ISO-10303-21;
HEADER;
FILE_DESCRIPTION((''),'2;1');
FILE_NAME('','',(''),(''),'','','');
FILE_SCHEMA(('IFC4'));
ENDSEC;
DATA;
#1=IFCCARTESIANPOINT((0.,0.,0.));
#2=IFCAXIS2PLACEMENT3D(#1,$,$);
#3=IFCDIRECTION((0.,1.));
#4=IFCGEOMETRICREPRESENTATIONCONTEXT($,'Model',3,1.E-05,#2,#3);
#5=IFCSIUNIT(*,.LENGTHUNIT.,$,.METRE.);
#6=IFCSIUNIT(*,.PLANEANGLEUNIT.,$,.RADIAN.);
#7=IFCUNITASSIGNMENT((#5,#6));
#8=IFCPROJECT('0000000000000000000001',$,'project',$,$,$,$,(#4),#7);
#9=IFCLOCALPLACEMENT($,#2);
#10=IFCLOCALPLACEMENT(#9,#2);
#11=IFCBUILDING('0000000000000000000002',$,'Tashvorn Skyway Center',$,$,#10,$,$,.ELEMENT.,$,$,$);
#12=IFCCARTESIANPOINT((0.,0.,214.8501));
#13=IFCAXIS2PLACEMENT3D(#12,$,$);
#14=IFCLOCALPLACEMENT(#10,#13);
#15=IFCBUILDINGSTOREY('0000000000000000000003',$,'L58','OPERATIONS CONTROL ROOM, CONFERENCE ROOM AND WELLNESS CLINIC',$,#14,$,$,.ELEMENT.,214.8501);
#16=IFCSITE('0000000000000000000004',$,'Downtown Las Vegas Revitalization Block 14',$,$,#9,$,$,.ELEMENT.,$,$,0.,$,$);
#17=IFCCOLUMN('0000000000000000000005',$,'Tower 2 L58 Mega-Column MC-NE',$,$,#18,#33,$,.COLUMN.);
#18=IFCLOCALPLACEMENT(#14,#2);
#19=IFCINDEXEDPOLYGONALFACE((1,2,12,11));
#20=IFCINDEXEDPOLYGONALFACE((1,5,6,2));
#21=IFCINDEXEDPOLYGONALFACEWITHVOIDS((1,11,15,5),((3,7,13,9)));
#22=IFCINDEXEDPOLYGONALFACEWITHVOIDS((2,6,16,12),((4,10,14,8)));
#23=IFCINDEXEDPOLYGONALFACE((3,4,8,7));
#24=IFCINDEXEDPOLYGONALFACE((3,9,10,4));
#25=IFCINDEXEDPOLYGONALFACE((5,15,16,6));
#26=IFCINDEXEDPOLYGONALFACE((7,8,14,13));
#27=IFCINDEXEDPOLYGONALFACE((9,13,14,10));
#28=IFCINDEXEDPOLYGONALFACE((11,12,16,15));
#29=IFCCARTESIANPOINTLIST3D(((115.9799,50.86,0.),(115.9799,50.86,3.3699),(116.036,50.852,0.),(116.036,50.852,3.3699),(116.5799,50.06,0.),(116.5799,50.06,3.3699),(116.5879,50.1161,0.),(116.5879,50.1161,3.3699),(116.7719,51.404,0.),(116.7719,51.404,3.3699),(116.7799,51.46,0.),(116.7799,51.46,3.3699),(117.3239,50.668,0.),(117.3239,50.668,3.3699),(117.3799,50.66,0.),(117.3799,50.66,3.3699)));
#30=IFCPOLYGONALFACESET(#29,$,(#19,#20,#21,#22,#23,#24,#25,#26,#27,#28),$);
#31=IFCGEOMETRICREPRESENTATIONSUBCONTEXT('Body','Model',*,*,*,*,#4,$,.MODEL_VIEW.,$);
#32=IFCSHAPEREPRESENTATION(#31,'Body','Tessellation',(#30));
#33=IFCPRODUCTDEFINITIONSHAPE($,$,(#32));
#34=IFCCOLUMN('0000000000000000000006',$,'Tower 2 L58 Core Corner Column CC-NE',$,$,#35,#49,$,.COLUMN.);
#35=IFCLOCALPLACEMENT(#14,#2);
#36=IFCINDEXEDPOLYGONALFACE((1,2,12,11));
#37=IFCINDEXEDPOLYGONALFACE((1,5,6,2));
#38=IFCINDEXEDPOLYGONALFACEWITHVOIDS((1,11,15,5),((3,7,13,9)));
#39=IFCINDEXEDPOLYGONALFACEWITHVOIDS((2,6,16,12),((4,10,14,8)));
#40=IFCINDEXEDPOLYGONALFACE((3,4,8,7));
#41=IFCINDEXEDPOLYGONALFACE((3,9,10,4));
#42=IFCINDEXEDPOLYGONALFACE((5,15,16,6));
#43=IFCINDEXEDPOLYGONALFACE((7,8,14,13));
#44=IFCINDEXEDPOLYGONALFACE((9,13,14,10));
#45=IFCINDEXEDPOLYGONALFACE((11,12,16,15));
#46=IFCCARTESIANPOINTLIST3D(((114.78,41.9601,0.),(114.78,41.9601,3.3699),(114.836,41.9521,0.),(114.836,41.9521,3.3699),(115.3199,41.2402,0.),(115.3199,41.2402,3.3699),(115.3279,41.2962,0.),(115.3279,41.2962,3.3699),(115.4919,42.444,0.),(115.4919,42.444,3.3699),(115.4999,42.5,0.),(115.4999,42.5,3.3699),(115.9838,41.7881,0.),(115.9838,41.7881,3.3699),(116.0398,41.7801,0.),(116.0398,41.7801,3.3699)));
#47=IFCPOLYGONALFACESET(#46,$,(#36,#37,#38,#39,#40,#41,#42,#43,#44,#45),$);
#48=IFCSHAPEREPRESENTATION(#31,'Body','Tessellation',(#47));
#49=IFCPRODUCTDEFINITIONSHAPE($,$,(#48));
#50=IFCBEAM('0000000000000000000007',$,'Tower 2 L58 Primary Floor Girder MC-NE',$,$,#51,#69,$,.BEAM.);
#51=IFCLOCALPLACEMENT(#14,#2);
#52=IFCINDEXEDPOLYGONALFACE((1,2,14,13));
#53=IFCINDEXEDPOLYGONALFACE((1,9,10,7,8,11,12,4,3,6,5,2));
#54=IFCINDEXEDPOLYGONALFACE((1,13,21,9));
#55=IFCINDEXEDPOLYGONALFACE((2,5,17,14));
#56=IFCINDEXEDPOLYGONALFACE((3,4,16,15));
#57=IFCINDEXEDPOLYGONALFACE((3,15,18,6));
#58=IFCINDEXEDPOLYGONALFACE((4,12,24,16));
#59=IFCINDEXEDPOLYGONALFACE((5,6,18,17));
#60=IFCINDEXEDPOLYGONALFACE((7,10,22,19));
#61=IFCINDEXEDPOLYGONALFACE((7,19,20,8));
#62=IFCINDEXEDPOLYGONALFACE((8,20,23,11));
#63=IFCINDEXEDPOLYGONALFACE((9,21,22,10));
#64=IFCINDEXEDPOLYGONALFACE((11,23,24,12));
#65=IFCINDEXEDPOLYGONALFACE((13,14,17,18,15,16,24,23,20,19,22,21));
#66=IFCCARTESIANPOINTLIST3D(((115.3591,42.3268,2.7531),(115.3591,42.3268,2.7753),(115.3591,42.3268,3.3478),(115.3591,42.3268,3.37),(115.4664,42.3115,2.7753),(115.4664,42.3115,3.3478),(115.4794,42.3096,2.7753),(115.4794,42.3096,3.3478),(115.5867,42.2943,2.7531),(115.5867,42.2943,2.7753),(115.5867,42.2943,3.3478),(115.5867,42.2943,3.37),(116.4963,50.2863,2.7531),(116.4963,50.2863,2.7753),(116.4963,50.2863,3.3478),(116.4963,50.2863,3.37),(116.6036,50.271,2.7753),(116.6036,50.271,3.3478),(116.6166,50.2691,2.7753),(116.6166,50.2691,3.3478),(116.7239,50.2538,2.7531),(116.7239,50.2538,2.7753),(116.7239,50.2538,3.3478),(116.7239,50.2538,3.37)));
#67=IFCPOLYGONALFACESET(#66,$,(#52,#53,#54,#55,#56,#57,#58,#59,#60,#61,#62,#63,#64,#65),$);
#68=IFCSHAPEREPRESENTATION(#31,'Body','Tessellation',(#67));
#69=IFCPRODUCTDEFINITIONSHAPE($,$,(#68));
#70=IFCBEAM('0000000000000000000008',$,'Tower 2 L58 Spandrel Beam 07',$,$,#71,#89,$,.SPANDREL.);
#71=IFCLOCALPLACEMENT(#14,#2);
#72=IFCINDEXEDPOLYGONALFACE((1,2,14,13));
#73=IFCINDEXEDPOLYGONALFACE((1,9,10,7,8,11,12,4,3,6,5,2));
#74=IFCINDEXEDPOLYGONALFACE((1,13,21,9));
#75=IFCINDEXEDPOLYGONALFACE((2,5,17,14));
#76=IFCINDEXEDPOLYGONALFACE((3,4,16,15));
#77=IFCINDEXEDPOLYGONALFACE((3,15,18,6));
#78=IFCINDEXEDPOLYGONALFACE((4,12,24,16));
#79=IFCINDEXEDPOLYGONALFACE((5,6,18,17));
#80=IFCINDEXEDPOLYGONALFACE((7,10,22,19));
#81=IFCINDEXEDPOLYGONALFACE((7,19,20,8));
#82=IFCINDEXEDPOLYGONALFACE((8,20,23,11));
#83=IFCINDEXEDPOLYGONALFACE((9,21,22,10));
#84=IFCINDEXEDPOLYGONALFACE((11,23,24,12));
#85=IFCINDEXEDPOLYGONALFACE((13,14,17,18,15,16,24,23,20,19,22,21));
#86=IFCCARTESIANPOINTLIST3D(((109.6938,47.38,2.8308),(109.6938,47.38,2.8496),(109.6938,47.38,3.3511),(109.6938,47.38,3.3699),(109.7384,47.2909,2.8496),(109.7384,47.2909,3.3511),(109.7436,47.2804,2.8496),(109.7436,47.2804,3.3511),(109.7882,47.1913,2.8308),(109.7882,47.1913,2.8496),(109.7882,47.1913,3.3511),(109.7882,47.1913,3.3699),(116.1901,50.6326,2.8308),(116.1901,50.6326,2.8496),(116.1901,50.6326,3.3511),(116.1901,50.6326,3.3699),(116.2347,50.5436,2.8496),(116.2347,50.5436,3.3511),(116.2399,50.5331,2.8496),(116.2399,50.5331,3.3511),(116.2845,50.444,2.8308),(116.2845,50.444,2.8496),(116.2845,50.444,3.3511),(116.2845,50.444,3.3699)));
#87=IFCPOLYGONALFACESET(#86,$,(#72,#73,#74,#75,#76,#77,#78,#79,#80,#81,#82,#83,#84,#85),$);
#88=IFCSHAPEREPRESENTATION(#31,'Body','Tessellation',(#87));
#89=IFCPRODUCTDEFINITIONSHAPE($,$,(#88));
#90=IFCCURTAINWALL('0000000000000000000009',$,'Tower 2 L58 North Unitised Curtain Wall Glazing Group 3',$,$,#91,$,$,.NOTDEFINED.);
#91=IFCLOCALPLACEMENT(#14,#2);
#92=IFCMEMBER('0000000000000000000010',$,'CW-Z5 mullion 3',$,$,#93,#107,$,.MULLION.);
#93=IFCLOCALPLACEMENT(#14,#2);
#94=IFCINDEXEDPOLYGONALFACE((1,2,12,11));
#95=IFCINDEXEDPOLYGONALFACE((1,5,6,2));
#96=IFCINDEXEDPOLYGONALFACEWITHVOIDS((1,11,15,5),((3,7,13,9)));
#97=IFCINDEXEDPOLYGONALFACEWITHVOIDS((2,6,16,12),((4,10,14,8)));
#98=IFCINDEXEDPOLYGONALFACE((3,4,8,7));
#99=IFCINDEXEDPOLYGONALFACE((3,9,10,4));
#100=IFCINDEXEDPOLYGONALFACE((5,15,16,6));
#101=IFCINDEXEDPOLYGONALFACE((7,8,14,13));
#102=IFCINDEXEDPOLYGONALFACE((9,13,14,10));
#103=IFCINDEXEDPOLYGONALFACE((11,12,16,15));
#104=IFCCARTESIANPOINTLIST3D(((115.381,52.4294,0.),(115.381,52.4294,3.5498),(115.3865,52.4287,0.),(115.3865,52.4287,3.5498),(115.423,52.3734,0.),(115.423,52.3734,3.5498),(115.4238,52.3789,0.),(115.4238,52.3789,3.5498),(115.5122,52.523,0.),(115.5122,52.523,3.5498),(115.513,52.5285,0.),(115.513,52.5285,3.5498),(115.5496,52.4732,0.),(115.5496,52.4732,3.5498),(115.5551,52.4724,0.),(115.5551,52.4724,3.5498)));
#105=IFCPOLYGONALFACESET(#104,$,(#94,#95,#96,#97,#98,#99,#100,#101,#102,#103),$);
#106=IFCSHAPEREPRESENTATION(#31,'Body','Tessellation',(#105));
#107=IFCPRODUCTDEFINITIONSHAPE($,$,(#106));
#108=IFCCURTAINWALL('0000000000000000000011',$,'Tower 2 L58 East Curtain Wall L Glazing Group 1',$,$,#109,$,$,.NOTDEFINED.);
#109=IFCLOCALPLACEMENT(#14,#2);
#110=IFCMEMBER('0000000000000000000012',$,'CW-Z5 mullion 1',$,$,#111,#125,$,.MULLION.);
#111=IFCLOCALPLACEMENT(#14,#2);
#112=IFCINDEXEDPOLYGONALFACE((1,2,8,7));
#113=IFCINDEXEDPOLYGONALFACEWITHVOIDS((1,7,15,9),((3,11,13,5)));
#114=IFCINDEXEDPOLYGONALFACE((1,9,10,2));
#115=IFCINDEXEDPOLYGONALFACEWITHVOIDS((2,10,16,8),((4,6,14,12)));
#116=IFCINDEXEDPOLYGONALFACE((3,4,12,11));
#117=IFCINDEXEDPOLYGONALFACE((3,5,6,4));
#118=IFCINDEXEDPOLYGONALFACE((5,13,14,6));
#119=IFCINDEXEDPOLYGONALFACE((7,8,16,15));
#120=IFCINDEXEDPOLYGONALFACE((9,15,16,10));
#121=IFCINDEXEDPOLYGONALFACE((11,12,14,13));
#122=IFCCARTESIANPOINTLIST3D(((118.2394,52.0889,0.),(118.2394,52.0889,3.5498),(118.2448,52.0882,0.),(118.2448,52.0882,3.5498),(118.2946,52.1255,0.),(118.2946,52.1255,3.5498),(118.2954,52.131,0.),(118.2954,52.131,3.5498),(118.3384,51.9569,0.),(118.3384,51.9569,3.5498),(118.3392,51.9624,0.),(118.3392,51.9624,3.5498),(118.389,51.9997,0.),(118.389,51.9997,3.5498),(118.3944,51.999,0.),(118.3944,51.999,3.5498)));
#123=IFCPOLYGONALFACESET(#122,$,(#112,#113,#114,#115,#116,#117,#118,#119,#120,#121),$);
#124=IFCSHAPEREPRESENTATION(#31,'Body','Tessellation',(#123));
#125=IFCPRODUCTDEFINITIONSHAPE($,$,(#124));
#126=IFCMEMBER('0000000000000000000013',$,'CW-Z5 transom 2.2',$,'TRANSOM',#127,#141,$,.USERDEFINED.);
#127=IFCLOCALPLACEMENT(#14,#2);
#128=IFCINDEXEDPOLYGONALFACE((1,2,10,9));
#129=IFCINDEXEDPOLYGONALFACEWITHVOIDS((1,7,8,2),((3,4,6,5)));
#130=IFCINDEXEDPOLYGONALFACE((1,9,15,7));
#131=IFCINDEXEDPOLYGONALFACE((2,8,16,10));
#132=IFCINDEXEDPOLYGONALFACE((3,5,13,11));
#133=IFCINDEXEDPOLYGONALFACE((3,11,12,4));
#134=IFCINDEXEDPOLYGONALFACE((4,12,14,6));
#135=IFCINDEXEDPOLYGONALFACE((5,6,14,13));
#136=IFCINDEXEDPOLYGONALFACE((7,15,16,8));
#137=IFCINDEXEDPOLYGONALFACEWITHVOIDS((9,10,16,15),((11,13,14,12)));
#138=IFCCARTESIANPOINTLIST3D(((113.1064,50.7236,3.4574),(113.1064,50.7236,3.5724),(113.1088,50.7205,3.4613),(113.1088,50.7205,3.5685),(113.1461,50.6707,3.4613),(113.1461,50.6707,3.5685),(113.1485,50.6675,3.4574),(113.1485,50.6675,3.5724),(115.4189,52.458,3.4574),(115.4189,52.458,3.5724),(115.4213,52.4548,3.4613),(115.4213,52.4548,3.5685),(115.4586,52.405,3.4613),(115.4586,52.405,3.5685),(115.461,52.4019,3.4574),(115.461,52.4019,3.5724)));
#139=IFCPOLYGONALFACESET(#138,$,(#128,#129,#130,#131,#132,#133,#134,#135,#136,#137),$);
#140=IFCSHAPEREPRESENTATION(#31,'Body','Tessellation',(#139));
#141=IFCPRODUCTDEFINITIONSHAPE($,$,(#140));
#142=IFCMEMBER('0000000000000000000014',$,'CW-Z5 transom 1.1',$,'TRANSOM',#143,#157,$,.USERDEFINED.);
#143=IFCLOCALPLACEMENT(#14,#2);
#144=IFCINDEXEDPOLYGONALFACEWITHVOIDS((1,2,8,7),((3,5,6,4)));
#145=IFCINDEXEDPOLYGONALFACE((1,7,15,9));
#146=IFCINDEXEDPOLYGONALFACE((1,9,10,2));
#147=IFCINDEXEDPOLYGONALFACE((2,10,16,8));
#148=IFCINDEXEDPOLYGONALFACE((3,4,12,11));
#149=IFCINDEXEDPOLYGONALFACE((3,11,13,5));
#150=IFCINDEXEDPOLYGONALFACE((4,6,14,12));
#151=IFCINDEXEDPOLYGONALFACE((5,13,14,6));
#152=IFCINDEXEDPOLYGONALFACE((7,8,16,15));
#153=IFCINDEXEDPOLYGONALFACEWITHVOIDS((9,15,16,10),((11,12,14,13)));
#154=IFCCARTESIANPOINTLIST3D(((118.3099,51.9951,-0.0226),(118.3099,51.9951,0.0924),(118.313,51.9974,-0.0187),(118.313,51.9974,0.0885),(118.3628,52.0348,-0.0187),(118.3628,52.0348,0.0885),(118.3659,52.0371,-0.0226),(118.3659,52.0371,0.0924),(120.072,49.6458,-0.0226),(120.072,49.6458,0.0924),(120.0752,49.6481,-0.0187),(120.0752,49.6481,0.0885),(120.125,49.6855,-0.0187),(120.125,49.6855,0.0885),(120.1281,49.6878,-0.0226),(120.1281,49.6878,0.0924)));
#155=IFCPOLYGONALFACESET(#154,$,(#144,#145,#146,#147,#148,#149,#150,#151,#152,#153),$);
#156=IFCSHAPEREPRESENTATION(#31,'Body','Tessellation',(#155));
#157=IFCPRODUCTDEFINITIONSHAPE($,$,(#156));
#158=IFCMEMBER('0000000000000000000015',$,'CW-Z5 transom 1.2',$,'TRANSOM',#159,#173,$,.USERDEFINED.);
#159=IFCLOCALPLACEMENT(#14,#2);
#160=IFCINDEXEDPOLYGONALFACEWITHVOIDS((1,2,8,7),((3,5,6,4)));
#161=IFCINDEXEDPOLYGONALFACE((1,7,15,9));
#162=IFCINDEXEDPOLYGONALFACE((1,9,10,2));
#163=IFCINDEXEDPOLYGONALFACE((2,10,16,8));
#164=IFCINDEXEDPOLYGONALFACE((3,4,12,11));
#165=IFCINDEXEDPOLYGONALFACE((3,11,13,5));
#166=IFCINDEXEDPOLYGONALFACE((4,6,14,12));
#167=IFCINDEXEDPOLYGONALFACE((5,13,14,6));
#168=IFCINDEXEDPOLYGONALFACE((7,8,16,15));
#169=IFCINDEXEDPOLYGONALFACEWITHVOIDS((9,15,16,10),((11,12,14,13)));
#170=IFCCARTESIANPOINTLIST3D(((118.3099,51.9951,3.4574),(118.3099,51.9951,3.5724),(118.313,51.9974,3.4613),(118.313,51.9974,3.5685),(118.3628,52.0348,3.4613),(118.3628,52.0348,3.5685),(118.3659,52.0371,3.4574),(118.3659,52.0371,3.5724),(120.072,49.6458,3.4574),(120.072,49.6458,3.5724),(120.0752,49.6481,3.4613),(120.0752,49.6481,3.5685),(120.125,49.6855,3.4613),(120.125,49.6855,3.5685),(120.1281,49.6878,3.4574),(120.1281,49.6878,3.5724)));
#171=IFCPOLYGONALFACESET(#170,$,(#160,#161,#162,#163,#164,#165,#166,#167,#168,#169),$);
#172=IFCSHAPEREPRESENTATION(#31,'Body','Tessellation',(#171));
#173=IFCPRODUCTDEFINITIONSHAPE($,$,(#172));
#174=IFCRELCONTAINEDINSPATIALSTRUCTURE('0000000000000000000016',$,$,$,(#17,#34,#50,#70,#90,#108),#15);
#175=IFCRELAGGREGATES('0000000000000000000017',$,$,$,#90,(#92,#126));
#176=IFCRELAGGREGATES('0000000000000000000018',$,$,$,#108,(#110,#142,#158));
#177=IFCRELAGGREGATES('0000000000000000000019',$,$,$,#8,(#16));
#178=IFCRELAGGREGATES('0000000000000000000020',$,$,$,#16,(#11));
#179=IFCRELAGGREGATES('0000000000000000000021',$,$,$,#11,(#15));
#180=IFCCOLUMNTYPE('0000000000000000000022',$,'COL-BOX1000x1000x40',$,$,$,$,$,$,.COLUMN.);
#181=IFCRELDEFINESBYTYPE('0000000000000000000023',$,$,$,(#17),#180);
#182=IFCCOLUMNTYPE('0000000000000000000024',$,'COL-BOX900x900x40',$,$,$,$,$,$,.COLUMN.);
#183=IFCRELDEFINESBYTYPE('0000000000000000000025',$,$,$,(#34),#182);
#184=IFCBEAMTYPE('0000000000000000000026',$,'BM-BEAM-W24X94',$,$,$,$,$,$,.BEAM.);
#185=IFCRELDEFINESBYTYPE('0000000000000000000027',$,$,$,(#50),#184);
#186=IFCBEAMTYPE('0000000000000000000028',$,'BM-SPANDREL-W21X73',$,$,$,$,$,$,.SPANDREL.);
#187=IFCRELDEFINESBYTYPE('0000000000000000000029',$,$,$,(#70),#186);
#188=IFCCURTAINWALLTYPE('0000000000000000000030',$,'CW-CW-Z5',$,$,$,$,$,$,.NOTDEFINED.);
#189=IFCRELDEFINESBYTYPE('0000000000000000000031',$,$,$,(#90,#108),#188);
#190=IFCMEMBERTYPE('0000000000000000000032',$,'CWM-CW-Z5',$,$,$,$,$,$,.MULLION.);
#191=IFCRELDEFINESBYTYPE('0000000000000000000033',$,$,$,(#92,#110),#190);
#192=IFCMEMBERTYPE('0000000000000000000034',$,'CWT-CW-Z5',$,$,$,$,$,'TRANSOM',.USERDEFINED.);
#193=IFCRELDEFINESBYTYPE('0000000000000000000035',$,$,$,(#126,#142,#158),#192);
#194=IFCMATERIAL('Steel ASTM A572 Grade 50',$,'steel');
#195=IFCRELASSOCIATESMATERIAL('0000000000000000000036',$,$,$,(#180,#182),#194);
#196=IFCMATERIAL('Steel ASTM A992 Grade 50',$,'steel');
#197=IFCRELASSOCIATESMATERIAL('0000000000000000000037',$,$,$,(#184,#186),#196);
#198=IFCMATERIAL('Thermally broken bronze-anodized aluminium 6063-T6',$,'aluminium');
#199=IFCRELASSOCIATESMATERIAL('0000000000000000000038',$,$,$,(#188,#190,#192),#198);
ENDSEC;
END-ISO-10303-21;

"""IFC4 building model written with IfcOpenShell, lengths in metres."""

from ifc_helpers import new_model, si_unit, direction, frame, origin, origin_2d, place, context, subcontext, project, spatial, hollow_rectangle, i_section, extrude, material, material_profile, profile_set, type_object, element, aggregate, save


model = new_model("IFC4")

# Units and contexts
model_context = context("Model", 3, precision=1e-05, world=origin(), true_north=direction((0.0, 1.0)))
body_context = subcontext(model_context, "Body", "Model", "MODEL_VIEW")
ifc_project = project(units=[si_unit("LENGTHUNIT", "METRE"), si_unit("PLANEANGLEUNIT", "RADIAN")], contexts=[model_context])

# Site, building, storey
site_placement = place(None, origin())
site = spatial("IfcSite", under=ifc_project, at=site_placement, Name="Downtown Las Vegas Revitalization Block 14", CompositionType="ELEMENT", RefElevation=0.0)
building_placement = place(site_placement, origin())
building = spatial("IfcBuilding", under=site, at=building_placement, Name="Tashvorn Skyway Center", CompositionType="ELEMENT")
storey_placement = place(building_placement, frame((0.0, 0.0, 214.8501)))
storey = spatial("IfcBuildingStorey", under=building, at=storey_placement, Name="L58", Description="OPERATIONS CONTROL ROOM, CONFERENCE ROOM AND WELLNESS CLINIC", CompositionType="ELEMENT", Elevation=214.8501)

# Columns
ifc_material_1 = material(Name="Steel ASTM A572 Grade 50", Category="steel")
ifc_material_profile_1 = material_profile(ifc_material_1, hollow_rectangle(XDim=1.0, YDim=1.0, WallThickness=0.04, at=origin_2d()), Name="BOX1000x1000x40")
ifc_profile_set_1 = profile_set([ifc_material_profile_1], Name="Steel ASTM A572 Grade 50")
column_type_1 = type_object("IfcColumnType", Name="COL-BOX1000x1000x40", PredefinedType="COLUMN", material=ifc_profile_set_1)
column_1_placement = place(storey_placement, frame((116.6799, 50.76, 0.0), z_axis=(0.0, 0.0, 1.0), x_axis=(0.8, 0.6, 0.0)))
element("IfcColumn", 1, at=column_1_placement, inside=storey, type_object=column_type_1, Name="Tower 2 L58 Mega-Column MC-NE", PredefinedType="COLUMN", context=body_context, shape_type="SweptSolid", body=[
    extrude(hollow_rectangle(XDim=1.0, YDim=1.0, WallThickness=0.04, at=origin_2d()), origin(), (0.0, 0.0, 1.0), 3.3699),
])
ifc_material_profile_2 = material_profile(ifc_material_1, hollow_rectangle(XDim=0.8999, YDim=0.8999, WallThickness=0.04, at=origin_2d()), Name="BOX900x900x40")
ifc_profile_set_2 = profile_set([ifc_material_profile_2], Name="Steel ASTM A572 Grade 50")
column_type_2 = type_object("IfcColumnType", Name="COL-BOX900x900x40", PredefinedType="COLUMN", material=ifc_profile_set_2)
column_2_placement = place(storey_placement, frame((115.4099, 41.8701, 0.0), z_axis=(0.0, 0.0, 1.0), x_axis=(0.8, 0.6, 0.0)))
element("IfcColumn", 2, at=column_2_placement, inside=storey, type_object=column_type_2, Name="Tower 2 L58 Core Corner Column CC-NE", PredefinedType="COLUMN", context=body_context, shape_type="SweptSolid", body=[
    extrude(hollow_rectangle(XDim=0.8999, YDim=0.8999, WallThickness=0.04, at=origin_2d()), origin(), (0.0, 0.0, 1.0), 3.3699),
])

# Beams
ifc_material_2 = material(Name="Steel ASTM A992 Grade 50", Category="steel")
ifc_material_profile_3 = material_profile(ifc_material_2, i_section(OverallWidth=0.23, OverallDepth=0.6169, WebThickness=0.0132, FlangeThickness=0.0222, at=origin_2d()), Name="W24X94")
ifc_profile_set_3 = profile_set([ifc_material_profile_3], Name="Steel ASTM A992 Grade 50")
beam_type_1 = type_object("IfcBeamType", Name="BM-BEAM-W24X94", PredefinedType="BEAM", material=ifc_profile_set_3)
beam_1_placement = place(storey_placement, frame((116.6101, 50.27, 3.0615), z_axis=(-0.141438, -0.989947, 0.0), x_axis=(0.989947, -0.141438, 0.0)))
element("IfcBeam", 3, at=beam_1_placement, inside=storey, type_object=beam_type_1, Name="Tower 2 L58 Primary Floor Girder MC-NE", PredefinedType="BEAM", context=body_context, shape_type="SweptSolid", body=[
    extrude(i_section(OverallWidth=0.23, OverallDepth=0.6169, WebThickness=0.0132, FlangeThickness=0.0222, at=origin_2d()), origin(), (0.0, 0.0, 1.0), 8.0403),
])
ifc_material_profile_4 = material_profile(ifc_material_2, i_section(OverallWidth=0.2109, OverallDepth=0.5391, WebThickness=0.0117, FlangeThickness=0.0188, at=origin_2d()), Name="W21X73")
ifc_profile_set_4 = profile_set([ifc_material_profile_4], Name="Steel ASTM A992 Grade 50")
beam_type_2 = type_object("IfcBeamType", Name="BM-SPANDREL-W21X73", PredefinedType="SPANDREL", material=ifc_profile_set_4)
beam_2_placement = place(storey_placement, frame((116.2373, 50.5383, 3.1003), z_axis=(-0.894178, -0.447711, 0.0), x_axis=(0.447711, -0.894178, 0.0)))
element("IfcBeam", 4, at=beam_2_placement, inside=storey, type_object=beam_type_2, Name="Tower 2 L58 Spandrel Beam 07", PredefinedType="SPANDREL", context=body_context, shape_type="SweptSolid", body=[
    extrude(i_section(OverallWidth=0.2109, OverallDepth=0.5391, WebThickness=0.0117, FlangeThickness=0.0188, at=origin_2d()), origin(), (0.0, 0.0, 1.0), 7.2651),
])

# Curtain walls, members
ifc_material_3 = material(Name="Thermally broken bronze-anodized aluminium 6063-T6", Category="aluminium")
curtain_wall_type = type_object("IfcCurtainWallType", Name="CW-CW-Z5", PredefinedType="NOTDEFINED", material=ifc_material_3)
curtain_wall_1_placement = place(storey_placement, origin())
curtain_wall_1 = element("IfcCurtainWall", 5, at=curtain_wall_1_placement, inside=storey, type_object=curtain_wall_type, Name="Tower 2 L58 North Unitised Curtain Wall Glazing Group 3", PredefinedType="NOTDEFINED")
ifc_material_profile_5 = material_profile(ifc_material_3, hollow_rectangle(XDim=0.0701, YDim=0.165, WallThickness=0.0039, at=origin_2d()), Name="ALU-MULL-70x165")
ifc_profile_set_5 = profile_set([ifc_material_profile_5], Name="Thermally broken bronze-anodized aluminium 6063-T6")
member_type_1 = type_object("IfcMemberType", Name="CWM-CW-Z5", PredefinedType="MULLION", material=ifc_profile_set_5)
member_1_placement = place(storey_placement, frame((115.468, 52.4509, 0.0), z_axis=(0.0, 0.0, 1.0), x_axis=(-0.600003, 0.799998, 0.0)))
member_1 = element("IfcMember", 6, at=member_1_placement, type_object=member_type_1, Name="CW-Z5 mullion 3", PredefinedType="MULLION", context=body_context, shape_type="SweptSolid", body=[
    extrude(hollow_rectangle(XDim=0.0701, YDim=0.165, WallThickness=0.0039, at=origin_2d()), origin(), (0.0, 0.0, 1.0), 3.5498),
])
curtain_wall_2_placement = place(storey_placement, origin())
curtain_wall_2 = element("IfcCurtainWall", 7, at=curtain_wall_2_placement, inside=storey, type_object=curtain_wall_type, Name="Tower 2 L58 East Curtain Wall L Glazing Group 1", PredefinedType="NOTDEFINED")
member_2_placement = place(storey_placement, frame((118.3169, 52.0439, 0.0), z_axis=(0.0, 0.0, 1.0), x_axis=(0.799996, 0.600005, 0.0)))
member_2 = element("IfcMember", 8, at=member_2_placement, type_object=member_type_1, Name="CW-Z5 mullion 1", PredefinedType="MULLION", context=body_context, shape_type="SweptSolid", body=[
    extrude(hollow_rectangle(XDim=0.0701, YDim=0.165, WallThickness=0.0039, at=origin_2d()), origin(), (0.0, 0.0, 1.0), 3.5498),
])

# Members
ifc_material_profile_6 = material_profile(ifc_material_3, hollow_rectangle(XDim=0.0701, YDim=0.115, WallThickness=0.0039, at=origin_2d()), Name="ALU-TRAN-70x115")
ifc_profile_set_6 = profile_set([ifc_material_profile_6], Name="Thermally broken bronze-anodized aluminium 6063-T6")
member_type_2 = type_object("IfcMemberType", Name="CWT-CW-Z5", ElementType="TRANSOM", PredefinedType="USERDEFINED", material=ifc_profile_set_6)
member_3_placement = place(storey_placement, frame((113.1274, 50.6956, 3.5149), z_axis=(0.8, 0.6, 0.0), x_axis=(-0.6, 0.8, 0.0)))
member_3 = element("IfcMember", 9, at=member_3_placement, type_object=member_type_2, Name="CW-Z5 transom 2.2", ObjectType="TRANSOM", PredefinedType="USERDEFINED", context=body_context, shape_type="SweptSolid", body=[
    extrude(hollow_rectangle(XDim=0.0701, YDim=0.115, WallThickness=0.0039, at=origin_2d()), origin(), (0.0, 0.0, 1.0), 2.8906),
])
member_4_placement = place(storey_placement, frame((118.3379, 52.0161, 0.0349), z_axis=(0.60004, -0.79997, 0.0), x_axis=(0.79997, 0.60004, 0.0)))
member_4 = element("IfcMember", 10, at=member_4_placement, type_object=member_type_2, Name="CW-Z5 transom 1.1", ObjectType="TRANSOM", PredefinedType="USERDEFINED", context=body_context, shape_type="SweptSolid", body=[
    extrude(hollow_rectangle(XDim=0.0701, YDim=0.115, WallThickness=0.0039, at=origin_2d()), origin(), (0.0, 0.0, 1.0), 2.9368),
])
member_5_placement = place(storey_placement, frame((118.3379, 52.0161, 3.5149), z_axis=(0.60004, -0.79997, 0.0), x_axis=(0.79997, 0.60004, 0.0)))
member_5 = element("IfcMember", 11, at=member_5_placement, type_object=member_type_2, Name="CW-Z5 transom 1.2", ObjectType="TRANSOM", PredefinedType="USERDEFINED", context=body_context, shape_type="SweptSolid", body=[
    extrude(hollow_rectangle(XDim=0.0701, YDim=0.115, WallThickness=0.0039, at=origin_2d()), origin(), (0.0, 0.0, 1.0), 2.9368),
])

aggregate(curtain_wall_1, [member_1, member_3])
aggregate(curtain_wall_2, [member_2, member_4, member_5])

save(model, "model.ifc")
